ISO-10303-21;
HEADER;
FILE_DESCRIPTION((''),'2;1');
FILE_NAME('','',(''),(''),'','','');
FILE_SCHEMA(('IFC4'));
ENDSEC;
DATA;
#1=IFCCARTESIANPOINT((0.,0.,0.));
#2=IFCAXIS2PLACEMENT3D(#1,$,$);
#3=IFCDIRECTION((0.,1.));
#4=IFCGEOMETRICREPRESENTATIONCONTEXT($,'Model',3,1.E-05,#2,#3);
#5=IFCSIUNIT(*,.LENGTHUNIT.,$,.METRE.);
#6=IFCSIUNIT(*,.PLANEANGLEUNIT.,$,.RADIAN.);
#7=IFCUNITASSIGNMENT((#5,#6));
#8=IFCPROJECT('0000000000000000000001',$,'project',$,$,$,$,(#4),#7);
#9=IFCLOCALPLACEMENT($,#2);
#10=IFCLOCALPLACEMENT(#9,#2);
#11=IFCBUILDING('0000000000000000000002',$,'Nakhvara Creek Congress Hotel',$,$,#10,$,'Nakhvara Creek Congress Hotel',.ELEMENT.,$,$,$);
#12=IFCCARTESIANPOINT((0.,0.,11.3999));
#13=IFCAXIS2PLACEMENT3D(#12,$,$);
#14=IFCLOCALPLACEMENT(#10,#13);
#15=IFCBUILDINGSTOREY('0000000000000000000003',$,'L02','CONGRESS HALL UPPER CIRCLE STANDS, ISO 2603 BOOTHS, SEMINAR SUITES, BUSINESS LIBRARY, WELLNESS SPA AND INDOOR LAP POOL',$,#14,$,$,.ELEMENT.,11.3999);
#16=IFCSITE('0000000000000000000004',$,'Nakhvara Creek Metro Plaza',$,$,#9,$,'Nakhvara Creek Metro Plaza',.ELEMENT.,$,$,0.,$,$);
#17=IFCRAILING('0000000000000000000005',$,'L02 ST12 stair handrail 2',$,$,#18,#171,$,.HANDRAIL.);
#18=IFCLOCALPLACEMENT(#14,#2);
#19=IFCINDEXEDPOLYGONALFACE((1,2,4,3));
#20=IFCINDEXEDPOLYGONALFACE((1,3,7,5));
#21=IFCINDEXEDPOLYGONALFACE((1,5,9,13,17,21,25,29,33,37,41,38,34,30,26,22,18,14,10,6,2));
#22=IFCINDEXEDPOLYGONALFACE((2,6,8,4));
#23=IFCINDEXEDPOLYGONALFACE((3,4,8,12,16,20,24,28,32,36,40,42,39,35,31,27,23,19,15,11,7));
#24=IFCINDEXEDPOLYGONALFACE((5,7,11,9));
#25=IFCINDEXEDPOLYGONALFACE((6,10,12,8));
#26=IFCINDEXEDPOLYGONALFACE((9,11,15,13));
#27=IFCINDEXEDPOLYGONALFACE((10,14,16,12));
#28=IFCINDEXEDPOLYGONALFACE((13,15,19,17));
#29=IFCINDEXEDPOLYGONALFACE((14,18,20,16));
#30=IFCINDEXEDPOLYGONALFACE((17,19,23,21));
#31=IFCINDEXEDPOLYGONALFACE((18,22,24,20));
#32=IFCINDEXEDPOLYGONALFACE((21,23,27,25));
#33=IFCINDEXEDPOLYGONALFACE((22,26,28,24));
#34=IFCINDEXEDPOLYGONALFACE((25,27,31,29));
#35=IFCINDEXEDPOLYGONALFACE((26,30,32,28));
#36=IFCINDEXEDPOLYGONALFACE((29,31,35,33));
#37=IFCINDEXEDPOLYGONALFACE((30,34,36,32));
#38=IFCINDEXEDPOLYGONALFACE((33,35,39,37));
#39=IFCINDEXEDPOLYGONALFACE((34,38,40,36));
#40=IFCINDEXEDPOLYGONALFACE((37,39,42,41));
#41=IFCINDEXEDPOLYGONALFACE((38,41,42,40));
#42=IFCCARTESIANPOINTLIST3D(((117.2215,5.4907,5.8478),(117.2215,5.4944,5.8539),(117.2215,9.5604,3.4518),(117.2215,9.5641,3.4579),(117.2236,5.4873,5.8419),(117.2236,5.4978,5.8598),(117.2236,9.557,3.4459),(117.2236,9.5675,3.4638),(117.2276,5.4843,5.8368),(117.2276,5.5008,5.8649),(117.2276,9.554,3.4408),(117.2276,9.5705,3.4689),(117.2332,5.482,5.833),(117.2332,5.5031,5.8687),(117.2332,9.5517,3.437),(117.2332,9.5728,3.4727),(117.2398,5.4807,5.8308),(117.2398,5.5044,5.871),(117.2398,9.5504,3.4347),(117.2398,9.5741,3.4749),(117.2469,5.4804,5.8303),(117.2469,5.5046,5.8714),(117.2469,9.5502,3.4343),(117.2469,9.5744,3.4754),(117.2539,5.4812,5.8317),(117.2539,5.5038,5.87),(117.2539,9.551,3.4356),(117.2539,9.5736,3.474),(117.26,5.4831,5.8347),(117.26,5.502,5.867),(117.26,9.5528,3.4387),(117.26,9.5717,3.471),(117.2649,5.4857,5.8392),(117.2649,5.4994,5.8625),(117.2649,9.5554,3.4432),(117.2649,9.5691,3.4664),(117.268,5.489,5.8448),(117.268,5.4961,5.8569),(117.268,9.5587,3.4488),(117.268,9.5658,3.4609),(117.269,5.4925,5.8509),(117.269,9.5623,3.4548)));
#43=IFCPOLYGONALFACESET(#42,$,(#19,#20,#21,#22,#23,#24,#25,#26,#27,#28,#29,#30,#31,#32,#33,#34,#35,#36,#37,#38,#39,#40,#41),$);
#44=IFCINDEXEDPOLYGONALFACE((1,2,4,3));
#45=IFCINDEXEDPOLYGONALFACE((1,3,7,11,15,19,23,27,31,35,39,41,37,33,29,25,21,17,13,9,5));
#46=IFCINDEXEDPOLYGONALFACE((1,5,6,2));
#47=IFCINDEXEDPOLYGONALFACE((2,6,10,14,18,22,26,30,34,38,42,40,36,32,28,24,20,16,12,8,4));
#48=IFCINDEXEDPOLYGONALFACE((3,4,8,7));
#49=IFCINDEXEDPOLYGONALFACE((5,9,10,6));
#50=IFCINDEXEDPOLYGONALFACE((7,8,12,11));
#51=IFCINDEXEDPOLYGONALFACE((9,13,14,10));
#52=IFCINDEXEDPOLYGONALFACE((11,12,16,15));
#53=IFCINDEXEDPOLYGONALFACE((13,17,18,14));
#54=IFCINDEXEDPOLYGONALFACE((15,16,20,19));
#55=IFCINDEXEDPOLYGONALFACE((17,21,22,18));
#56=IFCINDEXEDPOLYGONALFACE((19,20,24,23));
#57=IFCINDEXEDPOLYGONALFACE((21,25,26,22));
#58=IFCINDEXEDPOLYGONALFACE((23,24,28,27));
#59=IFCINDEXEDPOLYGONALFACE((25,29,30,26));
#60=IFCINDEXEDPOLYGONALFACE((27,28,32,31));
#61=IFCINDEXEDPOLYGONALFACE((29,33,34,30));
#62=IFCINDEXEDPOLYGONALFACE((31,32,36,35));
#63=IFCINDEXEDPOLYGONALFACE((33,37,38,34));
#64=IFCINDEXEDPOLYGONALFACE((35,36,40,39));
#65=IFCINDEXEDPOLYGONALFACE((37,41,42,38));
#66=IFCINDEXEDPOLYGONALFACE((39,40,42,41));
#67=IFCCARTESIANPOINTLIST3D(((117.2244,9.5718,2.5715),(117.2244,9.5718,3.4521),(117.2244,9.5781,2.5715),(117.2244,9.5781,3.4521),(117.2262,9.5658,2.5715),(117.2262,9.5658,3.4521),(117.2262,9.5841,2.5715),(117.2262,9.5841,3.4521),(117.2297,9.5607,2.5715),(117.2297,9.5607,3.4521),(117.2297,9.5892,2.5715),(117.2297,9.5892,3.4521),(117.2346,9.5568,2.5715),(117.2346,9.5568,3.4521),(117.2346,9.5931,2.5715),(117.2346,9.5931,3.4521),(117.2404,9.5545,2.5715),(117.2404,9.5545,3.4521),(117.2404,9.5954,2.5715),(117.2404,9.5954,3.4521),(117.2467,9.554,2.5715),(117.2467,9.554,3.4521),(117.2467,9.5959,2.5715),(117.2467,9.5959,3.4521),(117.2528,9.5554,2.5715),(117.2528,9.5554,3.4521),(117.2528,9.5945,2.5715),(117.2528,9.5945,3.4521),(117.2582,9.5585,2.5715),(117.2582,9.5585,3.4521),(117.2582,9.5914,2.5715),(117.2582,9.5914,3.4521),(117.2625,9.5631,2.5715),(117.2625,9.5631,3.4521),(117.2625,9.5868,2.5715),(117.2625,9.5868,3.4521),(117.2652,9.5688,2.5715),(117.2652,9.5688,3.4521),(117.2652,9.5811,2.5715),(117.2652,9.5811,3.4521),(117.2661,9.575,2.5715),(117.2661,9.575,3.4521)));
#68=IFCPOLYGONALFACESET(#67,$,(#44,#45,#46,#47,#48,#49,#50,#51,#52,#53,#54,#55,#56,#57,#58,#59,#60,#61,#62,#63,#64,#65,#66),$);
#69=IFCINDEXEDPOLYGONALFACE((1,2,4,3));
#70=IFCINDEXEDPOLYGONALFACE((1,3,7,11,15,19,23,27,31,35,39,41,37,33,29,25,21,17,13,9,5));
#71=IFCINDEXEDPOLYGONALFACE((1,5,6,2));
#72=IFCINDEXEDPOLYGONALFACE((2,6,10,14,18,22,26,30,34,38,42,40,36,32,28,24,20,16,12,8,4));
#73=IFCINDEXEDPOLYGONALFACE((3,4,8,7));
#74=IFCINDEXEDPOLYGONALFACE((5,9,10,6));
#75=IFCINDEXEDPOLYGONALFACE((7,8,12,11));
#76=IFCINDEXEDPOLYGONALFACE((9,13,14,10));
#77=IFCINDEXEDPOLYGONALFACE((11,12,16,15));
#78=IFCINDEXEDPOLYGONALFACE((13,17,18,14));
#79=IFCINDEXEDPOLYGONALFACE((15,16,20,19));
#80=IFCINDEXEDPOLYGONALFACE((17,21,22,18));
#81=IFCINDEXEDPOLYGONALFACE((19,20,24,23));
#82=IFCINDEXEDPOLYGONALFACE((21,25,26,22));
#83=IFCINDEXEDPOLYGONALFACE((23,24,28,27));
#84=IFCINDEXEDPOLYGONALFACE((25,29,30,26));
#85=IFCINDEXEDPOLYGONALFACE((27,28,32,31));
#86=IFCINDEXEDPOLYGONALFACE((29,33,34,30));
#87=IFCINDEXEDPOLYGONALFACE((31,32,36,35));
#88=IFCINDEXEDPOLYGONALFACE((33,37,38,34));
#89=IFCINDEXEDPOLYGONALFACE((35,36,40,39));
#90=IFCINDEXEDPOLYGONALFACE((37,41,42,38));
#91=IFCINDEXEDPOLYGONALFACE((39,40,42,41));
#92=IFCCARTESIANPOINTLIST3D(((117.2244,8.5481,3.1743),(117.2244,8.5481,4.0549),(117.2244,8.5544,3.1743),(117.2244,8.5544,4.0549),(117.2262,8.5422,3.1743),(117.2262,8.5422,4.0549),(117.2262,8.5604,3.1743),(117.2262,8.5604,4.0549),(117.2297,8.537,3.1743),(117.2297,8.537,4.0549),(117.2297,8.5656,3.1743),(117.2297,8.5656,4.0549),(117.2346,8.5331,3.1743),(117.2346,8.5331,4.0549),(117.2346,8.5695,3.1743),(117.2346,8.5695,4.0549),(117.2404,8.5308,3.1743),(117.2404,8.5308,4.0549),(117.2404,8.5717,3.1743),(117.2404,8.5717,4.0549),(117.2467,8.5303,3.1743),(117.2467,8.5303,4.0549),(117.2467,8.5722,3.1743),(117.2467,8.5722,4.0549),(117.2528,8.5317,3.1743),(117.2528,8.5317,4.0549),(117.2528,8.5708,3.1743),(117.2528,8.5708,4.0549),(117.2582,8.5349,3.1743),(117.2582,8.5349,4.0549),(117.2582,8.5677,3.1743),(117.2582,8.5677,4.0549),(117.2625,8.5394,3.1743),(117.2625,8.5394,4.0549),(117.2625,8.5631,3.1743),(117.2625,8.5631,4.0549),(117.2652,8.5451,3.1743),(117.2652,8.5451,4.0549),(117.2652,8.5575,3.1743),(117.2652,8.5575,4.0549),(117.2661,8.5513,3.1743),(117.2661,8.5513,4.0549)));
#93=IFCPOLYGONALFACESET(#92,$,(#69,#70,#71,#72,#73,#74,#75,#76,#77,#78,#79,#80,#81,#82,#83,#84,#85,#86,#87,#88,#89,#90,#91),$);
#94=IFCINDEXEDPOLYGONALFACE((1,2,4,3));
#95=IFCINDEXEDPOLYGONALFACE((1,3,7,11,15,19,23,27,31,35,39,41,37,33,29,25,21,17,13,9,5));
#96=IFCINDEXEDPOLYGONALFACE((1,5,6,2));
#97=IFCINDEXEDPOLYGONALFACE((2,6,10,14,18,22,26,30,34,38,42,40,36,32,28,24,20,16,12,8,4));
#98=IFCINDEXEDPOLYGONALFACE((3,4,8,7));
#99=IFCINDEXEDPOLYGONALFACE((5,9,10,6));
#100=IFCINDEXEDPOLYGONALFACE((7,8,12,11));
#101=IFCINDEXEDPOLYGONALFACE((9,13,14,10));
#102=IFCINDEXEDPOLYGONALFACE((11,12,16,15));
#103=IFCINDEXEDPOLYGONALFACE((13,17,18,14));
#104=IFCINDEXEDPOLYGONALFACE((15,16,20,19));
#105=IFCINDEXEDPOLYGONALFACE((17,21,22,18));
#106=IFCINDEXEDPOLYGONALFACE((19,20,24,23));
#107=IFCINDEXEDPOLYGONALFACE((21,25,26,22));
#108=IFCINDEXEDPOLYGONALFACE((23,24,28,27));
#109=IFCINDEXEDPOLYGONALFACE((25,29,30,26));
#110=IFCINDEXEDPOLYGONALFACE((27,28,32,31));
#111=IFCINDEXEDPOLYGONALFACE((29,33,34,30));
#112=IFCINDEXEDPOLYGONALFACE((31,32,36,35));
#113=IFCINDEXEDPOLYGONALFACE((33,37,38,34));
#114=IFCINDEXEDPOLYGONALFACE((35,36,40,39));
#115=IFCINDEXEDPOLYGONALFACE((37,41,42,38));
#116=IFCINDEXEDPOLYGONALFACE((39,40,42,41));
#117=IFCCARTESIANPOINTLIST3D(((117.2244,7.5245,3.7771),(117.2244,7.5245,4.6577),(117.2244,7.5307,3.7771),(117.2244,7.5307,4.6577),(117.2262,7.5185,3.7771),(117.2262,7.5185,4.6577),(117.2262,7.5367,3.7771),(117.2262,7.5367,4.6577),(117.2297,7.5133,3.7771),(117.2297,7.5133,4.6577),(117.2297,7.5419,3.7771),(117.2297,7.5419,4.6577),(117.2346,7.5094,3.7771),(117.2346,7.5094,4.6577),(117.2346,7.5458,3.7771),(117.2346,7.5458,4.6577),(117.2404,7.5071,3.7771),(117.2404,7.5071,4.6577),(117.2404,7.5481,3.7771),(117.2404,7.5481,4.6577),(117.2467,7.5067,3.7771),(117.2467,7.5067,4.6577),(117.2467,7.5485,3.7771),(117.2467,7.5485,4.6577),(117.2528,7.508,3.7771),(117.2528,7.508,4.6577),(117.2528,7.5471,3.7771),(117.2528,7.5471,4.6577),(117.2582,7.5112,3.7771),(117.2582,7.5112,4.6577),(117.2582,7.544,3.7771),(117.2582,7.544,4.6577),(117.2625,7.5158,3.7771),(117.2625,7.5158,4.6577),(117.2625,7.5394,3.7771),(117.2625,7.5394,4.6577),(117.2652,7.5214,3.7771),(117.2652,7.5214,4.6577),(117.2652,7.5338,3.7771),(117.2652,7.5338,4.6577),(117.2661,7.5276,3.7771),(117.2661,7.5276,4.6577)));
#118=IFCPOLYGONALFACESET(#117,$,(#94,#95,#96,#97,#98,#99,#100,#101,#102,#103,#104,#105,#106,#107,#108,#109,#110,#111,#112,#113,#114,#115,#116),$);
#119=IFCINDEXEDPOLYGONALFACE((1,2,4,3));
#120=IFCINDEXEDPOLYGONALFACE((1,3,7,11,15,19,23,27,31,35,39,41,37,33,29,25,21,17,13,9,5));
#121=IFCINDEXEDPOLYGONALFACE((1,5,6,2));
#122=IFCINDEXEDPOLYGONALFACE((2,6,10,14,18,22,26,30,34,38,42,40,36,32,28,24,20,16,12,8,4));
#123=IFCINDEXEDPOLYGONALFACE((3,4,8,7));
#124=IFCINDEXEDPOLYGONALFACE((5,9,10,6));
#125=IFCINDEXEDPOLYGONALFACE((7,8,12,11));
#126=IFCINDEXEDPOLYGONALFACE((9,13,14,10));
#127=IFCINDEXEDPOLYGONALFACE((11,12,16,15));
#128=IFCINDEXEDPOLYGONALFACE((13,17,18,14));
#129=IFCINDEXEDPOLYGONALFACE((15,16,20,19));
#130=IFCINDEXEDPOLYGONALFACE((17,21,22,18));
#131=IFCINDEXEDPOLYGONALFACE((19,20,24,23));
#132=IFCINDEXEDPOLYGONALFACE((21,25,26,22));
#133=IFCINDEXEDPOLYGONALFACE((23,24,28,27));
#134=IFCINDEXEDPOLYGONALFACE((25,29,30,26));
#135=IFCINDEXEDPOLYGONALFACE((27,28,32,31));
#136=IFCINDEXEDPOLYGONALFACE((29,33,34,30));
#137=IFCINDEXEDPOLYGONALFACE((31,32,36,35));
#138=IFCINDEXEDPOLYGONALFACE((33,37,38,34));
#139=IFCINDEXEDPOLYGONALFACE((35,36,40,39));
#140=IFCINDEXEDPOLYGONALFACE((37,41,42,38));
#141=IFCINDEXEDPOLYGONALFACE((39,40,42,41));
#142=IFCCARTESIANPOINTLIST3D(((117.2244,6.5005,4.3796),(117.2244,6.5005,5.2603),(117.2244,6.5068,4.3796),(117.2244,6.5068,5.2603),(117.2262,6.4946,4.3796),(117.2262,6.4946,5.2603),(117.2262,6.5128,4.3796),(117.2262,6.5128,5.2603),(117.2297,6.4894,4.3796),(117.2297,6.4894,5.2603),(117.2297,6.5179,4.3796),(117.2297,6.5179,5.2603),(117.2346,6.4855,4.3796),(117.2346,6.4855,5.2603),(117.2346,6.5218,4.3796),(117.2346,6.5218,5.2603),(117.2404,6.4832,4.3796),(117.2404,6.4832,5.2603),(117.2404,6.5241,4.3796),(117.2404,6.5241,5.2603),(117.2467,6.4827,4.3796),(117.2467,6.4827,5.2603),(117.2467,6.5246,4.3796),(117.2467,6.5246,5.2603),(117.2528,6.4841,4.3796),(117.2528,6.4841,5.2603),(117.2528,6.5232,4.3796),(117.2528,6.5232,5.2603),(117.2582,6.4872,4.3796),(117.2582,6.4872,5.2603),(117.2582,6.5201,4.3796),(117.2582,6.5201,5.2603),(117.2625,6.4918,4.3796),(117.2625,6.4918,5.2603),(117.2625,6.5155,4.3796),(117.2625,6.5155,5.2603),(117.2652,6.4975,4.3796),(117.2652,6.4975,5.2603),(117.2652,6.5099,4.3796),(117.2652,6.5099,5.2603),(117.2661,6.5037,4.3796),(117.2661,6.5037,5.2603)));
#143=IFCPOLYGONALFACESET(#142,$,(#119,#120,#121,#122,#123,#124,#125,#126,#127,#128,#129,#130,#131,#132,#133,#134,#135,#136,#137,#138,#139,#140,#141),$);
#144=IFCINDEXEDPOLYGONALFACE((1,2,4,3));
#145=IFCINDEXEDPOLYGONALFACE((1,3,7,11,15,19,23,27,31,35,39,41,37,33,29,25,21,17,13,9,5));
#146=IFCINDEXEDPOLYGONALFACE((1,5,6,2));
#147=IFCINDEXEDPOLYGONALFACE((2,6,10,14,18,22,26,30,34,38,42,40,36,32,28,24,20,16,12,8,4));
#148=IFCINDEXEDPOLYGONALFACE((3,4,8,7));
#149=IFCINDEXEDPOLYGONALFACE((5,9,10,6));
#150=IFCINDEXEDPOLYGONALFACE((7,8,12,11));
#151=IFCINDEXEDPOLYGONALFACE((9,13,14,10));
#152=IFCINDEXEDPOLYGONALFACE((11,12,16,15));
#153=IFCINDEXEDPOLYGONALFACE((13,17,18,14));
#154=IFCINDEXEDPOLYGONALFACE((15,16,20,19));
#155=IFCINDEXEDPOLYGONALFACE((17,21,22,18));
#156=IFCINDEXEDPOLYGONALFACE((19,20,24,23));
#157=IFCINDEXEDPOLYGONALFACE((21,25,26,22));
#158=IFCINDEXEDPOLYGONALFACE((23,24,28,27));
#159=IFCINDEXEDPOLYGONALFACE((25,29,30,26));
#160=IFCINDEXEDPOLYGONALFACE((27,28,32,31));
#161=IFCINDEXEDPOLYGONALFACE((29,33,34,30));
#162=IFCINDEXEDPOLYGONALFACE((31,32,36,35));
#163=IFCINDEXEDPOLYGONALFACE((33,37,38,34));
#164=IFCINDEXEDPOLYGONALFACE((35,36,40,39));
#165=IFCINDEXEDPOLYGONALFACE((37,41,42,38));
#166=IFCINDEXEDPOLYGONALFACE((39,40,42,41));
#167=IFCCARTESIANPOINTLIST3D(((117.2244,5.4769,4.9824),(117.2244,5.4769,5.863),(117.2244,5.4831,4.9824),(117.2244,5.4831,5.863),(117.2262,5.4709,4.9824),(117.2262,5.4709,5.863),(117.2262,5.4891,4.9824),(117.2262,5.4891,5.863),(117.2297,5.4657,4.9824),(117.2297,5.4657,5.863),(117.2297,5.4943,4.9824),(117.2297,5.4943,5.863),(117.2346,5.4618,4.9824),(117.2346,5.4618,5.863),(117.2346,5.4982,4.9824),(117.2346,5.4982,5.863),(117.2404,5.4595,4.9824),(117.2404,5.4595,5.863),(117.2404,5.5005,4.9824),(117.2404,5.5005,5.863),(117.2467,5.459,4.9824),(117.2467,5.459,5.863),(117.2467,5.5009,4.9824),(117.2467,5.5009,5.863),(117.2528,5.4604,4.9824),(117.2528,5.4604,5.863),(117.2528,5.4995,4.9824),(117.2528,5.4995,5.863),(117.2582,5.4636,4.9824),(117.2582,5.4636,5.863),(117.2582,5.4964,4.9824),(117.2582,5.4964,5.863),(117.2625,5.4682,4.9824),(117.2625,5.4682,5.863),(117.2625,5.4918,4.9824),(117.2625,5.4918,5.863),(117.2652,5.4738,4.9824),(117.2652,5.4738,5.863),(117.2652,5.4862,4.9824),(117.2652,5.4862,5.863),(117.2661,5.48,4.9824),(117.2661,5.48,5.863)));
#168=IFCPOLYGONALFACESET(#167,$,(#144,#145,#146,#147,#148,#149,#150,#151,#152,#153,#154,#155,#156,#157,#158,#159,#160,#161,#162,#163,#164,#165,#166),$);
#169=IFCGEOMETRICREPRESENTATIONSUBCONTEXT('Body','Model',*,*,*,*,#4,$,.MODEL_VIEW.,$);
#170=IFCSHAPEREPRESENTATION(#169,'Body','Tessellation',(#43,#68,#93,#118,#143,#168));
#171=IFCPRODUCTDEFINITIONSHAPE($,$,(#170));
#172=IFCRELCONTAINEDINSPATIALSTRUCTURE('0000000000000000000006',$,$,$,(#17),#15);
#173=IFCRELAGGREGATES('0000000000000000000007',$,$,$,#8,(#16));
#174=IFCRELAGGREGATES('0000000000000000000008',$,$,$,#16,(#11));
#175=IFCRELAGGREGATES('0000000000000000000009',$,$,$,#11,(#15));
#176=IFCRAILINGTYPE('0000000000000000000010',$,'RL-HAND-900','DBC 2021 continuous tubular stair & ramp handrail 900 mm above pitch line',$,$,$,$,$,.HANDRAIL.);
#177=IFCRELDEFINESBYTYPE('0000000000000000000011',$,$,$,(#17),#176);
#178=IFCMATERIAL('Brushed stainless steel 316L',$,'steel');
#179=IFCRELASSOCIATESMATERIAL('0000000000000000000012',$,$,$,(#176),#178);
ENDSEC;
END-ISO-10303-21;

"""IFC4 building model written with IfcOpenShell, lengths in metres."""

from ifc_helpers import new_model, si_unit, direction, frame, origin, origin_2d, place, context, subcontext, project, spatial, circle, extrude, material, type_object, element, save


model = new_model("IFC4")

# Units and contexts
model_context = context("Model", 3, precision=1e-05, world=origin(), true_north=direction((0.0, 1.0)))
body_context = subcontext(model_context, "Body", "Model", "MODEL_VIEW")
ifc_project = project(units=[si_unit("LENGTHUNIT", "METRE"), si_unit("PLANEANGLEUNIT", "RADIAN")], contexts=[model_context])

# Site, building, storey
site_placement = place(None, origin())
site = spatial("IfcSite", under=ifc_project, at=site_placement, Name="Nakhvara Creek Metro Plaza", LongName="Nakhvara Creek Metro Plaza", CompositionType="ELEMENT", RefElevation=0.0)
building_placement = place(site_placement, origin())
building = spatial("IfcBuilding", under=site, at=building_placement, Name="Nakhvara Creek Congress Hotel", LongName="Nakhvara Creek Congress Hotel", CompositionType="ELEMENT")
storey_placement = place(building_placement, frame((0.0, 0.0, 11.3999)))
storey = spatial("IfcBuildingStorey", under=building, at=storey_placement, Name="L02", Description="CONGRESS HALL UPPER CIRCLE STANDS, ISO 2603 BOOTHS, SEMINAR SUITES, BUSINESS LIBRARY, WELLNESS SPA AND INDOOR LAP POOL", CompositionType="ELEMENT", Elevation=11.3999)

# Railing
ifc_material_1 = material(Name="Brushed stainless steel 316L", Category="steel")
railing_type_1 = type_object("IfcRailingType", Name="RL-HAND-900", Description="DBC 2021 continuous tubular stair & ramp handrail 900 mm above pitch line", PredefinedType="HANDRAIL", material=ifc_material_1)
railing_1_placement = place(storey_placement, frame((117.2451, 9.575, 2.5715)))
element("IfcRailing", 1, at=railing_1_placement, inside=storey, type_object=railing_type_1, Name="L02 ST12 stair handrail 2", PredefinedType="HANDRAIL", context=body_context, shape_type="SweptSolid", body=[
    extrude(circle(Radius=0.0239, at=origin_2d()), frame((0.0, -0.0127, 0.8833), z_axis=(0.0, -0.861743, 0.507346), x_axis=(1.0, 0.0, 0.0)), (0.0, 0.0, 1.0), 4.7227),
    extrude(circle(Radius=0.021, at=origin_2d()), origin(), (0.0, 0.0, 1.0), 0.8806),
    extrude(circle(Radius=0.021, at=origin_2d()), frame((0.0, -1.0237, 0.6028)), (0.0, 0.0, 1.0), 0.8806),
    extrude(circle(Radius=0.021, at=origin_2d()), frame((0.0, -2.0474, 1.2056)), (0.0, 0.0, 1.0), 0.8806),
    extrude(circle(Radius=0.021, at=origin_2d()), frame((0.0, -3.0713, 1.8081)), (0.0, 0.0, 1.0), 0.8806),
    extrude(circle(Radius=0.021, at=origin_2d()), frame((0.0, -4.095, 2.4109)), (0.0, 0.0, 1.0), 0.8806),
])

save(model, "model.ifc")
